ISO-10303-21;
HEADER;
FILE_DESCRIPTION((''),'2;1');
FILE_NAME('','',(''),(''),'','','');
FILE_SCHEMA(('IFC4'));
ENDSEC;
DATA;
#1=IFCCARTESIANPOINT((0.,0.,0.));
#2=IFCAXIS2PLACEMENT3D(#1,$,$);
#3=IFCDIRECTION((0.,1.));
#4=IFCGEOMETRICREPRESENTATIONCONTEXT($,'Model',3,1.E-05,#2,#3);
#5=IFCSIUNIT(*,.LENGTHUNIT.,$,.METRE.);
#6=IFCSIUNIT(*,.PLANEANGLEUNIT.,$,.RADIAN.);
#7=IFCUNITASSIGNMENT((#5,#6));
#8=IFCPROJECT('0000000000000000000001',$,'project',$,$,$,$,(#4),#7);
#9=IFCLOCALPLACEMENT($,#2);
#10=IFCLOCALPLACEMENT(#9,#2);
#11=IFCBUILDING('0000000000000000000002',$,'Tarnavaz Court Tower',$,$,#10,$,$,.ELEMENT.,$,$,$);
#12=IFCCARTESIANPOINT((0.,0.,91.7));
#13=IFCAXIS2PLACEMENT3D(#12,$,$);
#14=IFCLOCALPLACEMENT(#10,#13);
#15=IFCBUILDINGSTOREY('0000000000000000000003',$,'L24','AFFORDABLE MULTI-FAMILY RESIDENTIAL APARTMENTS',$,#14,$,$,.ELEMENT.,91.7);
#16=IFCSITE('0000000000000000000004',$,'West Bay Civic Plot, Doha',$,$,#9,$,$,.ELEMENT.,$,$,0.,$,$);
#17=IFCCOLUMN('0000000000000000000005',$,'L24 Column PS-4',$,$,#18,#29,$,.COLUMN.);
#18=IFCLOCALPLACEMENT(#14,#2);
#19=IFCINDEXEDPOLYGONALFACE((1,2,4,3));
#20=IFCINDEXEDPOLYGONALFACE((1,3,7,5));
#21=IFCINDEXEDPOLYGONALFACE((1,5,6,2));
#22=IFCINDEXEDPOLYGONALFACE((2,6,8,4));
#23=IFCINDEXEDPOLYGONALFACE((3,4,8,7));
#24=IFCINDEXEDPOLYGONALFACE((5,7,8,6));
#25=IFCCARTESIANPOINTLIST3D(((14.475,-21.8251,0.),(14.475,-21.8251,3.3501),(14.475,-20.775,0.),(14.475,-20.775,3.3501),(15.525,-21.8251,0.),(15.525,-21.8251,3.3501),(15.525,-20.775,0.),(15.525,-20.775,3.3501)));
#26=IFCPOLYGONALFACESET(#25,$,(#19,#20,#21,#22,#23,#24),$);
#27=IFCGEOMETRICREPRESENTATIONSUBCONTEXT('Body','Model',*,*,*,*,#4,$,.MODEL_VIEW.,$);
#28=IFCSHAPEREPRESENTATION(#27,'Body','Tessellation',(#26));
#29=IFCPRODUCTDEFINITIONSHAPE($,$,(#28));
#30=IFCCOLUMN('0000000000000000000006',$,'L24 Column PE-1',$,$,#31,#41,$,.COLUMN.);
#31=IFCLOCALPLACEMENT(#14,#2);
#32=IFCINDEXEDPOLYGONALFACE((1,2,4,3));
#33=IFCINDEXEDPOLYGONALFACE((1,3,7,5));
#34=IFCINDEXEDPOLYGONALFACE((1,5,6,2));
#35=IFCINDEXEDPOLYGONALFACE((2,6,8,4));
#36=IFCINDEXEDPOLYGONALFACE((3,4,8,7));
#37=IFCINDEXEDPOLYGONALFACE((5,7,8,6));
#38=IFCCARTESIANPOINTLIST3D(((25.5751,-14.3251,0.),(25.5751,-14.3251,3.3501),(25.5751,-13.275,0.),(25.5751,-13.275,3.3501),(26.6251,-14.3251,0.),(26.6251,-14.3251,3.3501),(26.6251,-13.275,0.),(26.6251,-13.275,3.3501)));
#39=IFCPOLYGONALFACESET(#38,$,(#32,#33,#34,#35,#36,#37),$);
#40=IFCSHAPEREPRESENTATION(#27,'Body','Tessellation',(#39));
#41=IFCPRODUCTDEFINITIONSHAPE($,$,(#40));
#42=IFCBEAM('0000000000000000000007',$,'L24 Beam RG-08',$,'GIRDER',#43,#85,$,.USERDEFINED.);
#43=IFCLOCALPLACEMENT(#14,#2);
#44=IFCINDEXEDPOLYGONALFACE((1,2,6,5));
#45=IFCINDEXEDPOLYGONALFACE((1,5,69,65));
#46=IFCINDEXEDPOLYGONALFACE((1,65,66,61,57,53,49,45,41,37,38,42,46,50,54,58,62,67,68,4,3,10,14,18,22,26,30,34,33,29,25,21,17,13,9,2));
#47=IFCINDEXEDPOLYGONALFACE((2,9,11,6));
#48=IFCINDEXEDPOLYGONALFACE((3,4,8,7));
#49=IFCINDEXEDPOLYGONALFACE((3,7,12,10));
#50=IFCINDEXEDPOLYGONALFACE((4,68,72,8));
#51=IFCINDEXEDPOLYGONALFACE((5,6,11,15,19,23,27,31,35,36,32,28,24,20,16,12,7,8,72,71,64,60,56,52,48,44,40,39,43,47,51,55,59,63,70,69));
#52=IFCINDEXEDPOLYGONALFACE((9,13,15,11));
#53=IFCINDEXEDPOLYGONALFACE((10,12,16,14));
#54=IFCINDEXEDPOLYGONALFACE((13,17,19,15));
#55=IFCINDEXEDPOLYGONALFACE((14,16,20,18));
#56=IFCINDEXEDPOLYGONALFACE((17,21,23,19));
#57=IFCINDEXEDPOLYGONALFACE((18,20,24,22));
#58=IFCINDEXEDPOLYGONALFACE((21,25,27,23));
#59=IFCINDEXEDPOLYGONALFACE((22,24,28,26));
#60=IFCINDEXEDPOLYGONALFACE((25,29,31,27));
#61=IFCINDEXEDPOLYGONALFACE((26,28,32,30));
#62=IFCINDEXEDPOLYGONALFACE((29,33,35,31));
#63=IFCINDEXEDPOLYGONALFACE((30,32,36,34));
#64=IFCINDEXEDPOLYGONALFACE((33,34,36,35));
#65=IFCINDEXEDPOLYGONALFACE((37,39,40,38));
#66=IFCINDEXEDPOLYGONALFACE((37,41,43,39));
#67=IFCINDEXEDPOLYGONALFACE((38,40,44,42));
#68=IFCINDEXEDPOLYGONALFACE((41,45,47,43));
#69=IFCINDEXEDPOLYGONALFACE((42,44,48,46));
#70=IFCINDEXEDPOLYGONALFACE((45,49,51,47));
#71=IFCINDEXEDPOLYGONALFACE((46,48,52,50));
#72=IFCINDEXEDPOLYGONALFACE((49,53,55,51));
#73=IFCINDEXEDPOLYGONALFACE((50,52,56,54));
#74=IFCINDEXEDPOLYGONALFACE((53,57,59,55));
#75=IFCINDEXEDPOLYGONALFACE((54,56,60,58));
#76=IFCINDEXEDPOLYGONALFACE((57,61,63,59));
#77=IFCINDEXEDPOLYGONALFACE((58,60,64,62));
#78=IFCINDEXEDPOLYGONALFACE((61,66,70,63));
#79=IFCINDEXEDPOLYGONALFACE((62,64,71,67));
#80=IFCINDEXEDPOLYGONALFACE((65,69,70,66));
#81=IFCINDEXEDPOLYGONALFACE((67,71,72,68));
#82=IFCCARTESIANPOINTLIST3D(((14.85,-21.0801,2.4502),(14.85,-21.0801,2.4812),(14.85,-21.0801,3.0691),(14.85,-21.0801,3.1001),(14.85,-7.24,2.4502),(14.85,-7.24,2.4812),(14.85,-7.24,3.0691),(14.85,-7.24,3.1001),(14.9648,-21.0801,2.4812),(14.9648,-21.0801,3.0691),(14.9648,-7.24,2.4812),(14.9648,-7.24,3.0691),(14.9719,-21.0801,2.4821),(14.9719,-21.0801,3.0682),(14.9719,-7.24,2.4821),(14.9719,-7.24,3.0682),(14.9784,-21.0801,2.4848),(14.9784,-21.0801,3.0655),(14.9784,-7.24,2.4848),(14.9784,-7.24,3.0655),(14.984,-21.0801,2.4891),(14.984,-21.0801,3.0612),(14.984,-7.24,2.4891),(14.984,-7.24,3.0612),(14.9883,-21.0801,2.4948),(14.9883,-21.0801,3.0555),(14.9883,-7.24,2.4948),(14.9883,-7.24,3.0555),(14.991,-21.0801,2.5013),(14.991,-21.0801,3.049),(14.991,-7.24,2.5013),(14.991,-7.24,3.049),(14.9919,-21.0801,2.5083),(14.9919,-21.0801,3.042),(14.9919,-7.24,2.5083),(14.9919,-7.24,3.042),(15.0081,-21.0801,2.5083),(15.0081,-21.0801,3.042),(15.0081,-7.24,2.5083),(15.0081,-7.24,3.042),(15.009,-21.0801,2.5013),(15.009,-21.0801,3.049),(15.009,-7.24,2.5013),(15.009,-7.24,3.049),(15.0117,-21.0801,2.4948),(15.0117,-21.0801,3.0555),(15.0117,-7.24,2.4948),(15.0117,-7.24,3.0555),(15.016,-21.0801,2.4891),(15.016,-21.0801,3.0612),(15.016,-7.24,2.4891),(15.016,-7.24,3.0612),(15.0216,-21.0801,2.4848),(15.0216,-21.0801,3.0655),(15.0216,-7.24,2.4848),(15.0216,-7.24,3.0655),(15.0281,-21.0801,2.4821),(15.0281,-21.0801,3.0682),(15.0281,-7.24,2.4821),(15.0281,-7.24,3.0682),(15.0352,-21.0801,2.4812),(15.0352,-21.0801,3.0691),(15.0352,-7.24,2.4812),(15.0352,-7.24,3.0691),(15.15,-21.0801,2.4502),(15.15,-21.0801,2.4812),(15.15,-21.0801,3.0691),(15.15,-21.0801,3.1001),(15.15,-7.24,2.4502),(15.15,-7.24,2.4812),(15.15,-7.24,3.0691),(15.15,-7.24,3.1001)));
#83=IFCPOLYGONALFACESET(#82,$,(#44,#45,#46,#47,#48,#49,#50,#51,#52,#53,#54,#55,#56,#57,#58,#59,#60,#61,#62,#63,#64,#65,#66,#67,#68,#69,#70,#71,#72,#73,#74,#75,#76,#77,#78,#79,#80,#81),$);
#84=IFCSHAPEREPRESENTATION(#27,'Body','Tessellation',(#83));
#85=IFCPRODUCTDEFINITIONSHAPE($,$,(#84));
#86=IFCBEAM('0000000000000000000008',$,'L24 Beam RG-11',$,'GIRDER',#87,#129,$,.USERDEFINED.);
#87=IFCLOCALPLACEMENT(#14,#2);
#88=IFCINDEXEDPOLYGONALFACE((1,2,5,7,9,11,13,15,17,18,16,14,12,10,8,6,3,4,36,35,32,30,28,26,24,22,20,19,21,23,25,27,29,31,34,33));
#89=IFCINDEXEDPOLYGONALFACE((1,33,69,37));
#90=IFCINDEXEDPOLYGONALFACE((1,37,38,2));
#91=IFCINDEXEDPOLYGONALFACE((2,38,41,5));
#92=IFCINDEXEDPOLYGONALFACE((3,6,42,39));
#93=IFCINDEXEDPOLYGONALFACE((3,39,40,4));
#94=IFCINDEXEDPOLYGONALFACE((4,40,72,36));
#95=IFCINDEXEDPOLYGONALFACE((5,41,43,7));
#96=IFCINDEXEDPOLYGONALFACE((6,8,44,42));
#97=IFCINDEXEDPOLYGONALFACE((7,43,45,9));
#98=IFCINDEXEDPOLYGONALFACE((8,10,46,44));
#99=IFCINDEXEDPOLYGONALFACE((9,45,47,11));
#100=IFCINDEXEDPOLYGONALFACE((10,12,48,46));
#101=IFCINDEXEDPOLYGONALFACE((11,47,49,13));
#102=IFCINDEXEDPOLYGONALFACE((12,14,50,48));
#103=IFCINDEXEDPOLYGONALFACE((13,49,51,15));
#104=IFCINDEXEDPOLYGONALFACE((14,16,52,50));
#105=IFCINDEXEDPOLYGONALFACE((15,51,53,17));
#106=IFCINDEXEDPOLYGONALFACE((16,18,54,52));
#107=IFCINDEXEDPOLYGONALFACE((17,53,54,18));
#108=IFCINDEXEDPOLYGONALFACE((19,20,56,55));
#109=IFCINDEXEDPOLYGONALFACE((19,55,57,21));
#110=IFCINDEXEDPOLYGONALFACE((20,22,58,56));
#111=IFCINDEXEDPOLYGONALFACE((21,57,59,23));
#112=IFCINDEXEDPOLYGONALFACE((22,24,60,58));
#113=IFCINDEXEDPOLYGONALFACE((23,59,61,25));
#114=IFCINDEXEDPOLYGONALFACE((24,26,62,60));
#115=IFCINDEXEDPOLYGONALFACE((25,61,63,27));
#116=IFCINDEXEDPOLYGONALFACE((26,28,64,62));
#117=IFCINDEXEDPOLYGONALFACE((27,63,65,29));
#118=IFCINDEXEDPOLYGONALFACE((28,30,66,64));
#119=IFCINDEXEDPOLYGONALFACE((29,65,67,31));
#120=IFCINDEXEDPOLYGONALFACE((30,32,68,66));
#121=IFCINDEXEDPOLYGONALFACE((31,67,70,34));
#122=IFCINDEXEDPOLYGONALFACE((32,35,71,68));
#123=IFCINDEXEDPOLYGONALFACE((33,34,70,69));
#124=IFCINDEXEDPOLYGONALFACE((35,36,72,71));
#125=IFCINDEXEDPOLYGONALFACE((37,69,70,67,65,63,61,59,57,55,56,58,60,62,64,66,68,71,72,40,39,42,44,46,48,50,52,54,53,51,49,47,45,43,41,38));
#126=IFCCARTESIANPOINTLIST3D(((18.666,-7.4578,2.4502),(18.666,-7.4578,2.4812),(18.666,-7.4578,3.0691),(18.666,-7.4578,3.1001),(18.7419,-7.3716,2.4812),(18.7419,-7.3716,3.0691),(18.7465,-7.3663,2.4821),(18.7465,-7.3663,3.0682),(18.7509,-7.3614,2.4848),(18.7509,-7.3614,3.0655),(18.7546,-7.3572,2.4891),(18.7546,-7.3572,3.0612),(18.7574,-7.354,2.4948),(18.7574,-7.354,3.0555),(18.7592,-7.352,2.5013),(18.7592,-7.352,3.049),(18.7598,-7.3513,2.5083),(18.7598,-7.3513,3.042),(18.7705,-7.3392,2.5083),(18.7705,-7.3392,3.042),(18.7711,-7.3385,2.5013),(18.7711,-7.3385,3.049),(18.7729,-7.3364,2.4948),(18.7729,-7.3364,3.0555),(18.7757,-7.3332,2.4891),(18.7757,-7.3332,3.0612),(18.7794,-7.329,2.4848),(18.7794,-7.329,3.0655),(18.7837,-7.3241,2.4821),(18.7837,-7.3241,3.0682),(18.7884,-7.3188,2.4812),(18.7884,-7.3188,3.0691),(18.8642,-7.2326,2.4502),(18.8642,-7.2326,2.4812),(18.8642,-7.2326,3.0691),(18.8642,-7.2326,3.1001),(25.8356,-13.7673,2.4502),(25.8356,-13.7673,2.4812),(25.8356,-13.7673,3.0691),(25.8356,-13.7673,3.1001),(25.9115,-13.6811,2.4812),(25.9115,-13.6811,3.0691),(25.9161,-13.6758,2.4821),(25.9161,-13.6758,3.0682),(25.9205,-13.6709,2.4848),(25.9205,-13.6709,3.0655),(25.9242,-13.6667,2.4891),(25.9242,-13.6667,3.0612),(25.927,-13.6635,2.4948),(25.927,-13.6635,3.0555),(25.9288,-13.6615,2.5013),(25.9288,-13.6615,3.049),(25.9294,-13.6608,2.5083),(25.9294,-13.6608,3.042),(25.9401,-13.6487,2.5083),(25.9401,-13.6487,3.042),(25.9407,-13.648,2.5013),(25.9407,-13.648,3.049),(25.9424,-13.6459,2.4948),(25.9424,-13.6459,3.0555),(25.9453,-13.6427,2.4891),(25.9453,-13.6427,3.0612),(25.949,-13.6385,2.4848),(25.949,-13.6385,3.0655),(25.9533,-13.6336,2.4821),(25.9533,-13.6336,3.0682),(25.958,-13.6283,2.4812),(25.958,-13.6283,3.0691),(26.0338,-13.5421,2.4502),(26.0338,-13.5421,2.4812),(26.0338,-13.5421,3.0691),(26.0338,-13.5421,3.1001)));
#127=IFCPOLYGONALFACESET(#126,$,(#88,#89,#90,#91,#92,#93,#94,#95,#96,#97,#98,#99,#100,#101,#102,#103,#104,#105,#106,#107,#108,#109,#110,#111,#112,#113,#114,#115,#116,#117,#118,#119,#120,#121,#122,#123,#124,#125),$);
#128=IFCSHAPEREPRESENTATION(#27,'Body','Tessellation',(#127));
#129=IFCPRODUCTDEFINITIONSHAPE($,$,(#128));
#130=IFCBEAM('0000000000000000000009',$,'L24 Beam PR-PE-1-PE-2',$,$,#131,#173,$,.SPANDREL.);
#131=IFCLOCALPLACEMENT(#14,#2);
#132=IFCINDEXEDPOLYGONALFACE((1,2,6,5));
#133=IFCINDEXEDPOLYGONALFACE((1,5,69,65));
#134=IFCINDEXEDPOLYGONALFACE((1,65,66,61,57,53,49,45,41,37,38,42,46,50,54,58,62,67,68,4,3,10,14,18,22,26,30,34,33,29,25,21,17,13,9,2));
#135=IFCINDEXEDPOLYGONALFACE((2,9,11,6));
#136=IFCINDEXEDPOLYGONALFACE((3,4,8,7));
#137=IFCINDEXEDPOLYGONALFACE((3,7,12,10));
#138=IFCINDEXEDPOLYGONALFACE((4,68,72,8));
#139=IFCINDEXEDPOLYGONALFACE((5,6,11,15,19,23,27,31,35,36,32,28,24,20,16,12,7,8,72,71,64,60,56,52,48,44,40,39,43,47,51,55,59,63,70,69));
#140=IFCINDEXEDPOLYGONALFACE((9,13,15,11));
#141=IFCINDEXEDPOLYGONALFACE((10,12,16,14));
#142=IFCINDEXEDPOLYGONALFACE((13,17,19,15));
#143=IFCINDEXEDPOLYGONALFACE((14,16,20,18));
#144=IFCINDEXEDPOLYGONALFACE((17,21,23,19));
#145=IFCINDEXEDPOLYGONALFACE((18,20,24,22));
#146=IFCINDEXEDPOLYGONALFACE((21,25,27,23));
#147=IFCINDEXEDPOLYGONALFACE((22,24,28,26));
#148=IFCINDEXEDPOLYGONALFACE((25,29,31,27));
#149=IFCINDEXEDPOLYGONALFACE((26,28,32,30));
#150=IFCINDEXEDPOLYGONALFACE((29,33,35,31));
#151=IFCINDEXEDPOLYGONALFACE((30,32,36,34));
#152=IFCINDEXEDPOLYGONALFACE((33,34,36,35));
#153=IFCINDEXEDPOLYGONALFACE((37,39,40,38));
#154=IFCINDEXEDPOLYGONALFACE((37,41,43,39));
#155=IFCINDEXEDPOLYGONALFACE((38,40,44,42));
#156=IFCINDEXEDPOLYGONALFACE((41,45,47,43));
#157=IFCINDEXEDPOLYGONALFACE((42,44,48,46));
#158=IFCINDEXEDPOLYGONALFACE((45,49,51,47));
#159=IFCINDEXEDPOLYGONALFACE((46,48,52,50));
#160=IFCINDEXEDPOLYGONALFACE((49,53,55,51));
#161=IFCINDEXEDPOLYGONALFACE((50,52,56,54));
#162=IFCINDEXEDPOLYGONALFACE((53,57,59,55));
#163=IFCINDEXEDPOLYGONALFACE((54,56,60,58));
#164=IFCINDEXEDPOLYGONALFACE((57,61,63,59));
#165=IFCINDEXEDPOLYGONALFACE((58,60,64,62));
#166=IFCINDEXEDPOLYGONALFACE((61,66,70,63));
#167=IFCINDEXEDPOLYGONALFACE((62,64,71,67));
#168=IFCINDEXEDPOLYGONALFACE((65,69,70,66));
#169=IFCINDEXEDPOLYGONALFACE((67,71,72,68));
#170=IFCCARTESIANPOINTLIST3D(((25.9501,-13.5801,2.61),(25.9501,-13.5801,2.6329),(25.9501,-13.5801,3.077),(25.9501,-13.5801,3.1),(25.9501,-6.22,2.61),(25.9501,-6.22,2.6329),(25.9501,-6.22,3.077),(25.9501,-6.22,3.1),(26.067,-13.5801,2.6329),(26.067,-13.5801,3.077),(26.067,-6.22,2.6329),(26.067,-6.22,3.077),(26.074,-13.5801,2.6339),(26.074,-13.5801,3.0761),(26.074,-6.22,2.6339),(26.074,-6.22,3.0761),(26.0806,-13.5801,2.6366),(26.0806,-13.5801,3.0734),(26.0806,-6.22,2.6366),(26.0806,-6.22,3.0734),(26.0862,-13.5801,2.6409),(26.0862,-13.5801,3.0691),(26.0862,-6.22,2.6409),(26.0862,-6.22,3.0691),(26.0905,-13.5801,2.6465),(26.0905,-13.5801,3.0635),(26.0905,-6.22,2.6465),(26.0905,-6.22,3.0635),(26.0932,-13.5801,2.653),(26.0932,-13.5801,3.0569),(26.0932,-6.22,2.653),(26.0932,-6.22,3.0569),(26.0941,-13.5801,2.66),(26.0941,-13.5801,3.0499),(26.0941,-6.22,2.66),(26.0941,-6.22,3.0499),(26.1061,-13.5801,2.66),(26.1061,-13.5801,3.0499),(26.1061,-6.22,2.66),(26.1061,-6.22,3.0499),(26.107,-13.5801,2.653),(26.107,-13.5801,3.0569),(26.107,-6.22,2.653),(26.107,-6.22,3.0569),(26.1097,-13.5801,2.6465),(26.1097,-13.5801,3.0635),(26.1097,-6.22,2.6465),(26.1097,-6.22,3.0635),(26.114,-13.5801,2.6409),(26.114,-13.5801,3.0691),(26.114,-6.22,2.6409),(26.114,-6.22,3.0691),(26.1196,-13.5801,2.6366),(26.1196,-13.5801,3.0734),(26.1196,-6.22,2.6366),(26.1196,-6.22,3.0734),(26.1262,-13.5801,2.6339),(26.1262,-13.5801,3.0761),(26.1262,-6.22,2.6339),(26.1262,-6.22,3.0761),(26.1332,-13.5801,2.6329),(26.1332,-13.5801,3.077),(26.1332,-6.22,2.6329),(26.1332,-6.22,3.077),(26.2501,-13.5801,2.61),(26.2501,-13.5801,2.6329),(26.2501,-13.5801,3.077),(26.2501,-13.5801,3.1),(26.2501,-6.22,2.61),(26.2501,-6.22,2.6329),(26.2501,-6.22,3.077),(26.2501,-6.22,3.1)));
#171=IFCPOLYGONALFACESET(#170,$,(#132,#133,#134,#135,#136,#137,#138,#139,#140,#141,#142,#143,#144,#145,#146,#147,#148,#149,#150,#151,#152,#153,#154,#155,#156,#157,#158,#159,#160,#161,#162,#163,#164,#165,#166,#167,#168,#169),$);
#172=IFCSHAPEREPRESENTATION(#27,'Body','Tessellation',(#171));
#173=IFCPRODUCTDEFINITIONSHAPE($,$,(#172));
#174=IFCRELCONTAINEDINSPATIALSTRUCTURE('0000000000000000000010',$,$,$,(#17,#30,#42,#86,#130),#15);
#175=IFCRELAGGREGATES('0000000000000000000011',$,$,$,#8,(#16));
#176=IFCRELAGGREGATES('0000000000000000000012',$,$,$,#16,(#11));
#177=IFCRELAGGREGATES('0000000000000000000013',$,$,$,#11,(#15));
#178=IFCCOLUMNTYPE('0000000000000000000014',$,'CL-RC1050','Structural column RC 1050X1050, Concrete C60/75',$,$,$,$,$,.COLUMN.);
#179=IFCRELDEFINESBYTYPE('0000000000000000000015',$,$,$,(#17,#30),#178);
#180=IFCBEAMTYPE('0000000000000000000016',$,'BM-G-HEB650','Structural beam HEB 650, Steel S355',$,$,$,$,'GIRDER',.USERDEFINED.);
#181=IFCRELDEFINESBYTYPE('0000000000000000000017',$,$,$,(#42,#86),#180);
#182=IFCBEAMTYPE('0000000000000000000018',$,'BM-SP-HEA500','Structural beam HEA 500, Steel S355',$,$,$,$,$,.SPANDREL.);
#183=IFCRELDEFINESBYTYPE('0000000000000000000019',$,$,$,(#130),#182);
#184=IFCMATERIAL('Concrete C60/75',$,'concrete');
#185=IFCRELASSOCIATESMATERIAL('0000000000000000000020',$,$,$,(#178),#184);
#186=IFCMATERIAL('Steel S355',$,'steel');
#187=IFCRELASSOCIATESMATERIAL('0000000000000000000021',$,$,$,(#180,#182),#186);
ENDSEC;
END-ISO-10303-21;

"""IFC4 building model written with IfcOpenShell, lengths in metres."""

from ifc_helpers import new_model, si_unit, direction, frame, origin, origin_2d, place, context, subcontext, project, spatial, rectangle, i_section, extrude, material, material_profile, profile_set, type_object, element, save


model = new_model("IFC4")

# Units and contexts
model_context = context("Model", 3, precision=1e-05, world=origin(), true_north=direction((0.0, 1.0)))
body_context = subcontext(model_context, "Body", "Model", "MODEL_VIEW")
ifc_project = project(units=[si_unit("LENGTHUNIT", "METRE"), si_unit("PLANEANGLEUNIT", "RADIAN")], contexts=[model_context])

# Site, building, storey
site_placement = place(None, origin())
site = spatial("IfcSite", under=ifc_project, at=site_placement, Name="West Bay Civic Plot, Doha", CompositionType="ELEMENT", RefElevation=0.0)
building_placement = place(site_placement, origin())
building = spatial("IfcBuilding", under=site, at=building_placement, Name="Tarnavaz Court Tower", CompositionType="ELEMENT")
storey_placement = place(building_placement, frame((0.0, 0.0, 91.7)))
storey = spatial("IfcBuildingStorey", under=building, at=storey_placement, Name="L24", Description="AFFORDABLE MULTI-FAMILY RESIDENTIAL APARTMENTS", CompositionType="ELEMENT", Elevation=91.7)

# Columns
ifc_material_1 = material(Name="Concrete C60/75", Category="concrete")
ifc_material_profile_1 = material_profile(ifc_material_1, rectangle(XDim=1.05, YDim=1.05, at=origin_2d()), Name="RC 1050X1050")
ifc_profile_set_1 = profile_set([ifc_material_profile_1], Name="Concrete C60/75")
column_type = type_object("IfcColumnType", Name="CL-RC1050", Description="Structural column RC 1050X1050, Concrete C60/75", PredefinedType="COLUMN", material=ifc_profile_set_1)
for number, where, z_axis, x_axis, name in (
    (1, (15.0, -21.3, 0.0), (0.0, 0.0, 1.0), (1.0, 0.0, 0.0), "L24 Column PS-4"),
    (2, (26.1001, -13.8, 0.0), (0.0, 0.0, 1.0), (1.0, 0.0, 0.0), "L24 Column PE-1"),
):
    element("IfcColumn", number, at=place(storey_placement, frame(where, z_axis=z_axis, x_axis=x_axis)), inside=storey, type_object=column_type, Name=name, PredefinedType="COLUMN", context=body_context, shape_type="SweptSolid", body=[
        extrude(rectangle(XDim=1.05, YDim=1.05, at=origin_2d()), origin(), (0.0, 0.0, 1.0), 3.3501),
    ])

# Beams
ifc_material_2 = material(Name="Steel S355", Category="steel")
ifc_material_profile_2 = material_profile(ifc_material_2, i_section(OverallWidth=0.3, OverallDepth=0.6499, WebThickness=0.0161, FlangeThickness=0.031, FilletRadius=0.0271, at=origin_2d()), Name="HEB 650")
ifc_profile_set_2 = profile_set([ifc_material_profile_2], Name="Steel S355")
beam_type_1 = type_object("IfcBeamType", Name="BM-G-HEB650", Description="Structural beam HEB 650, Steel S355", ElementType="GIRDER", PredefinedType="USERDEFINED", material=ifc_profile_set_2)
beam_1_placement = place(storey_placement, frame((15.0, -7.24, 2.7751), z_axis=(0.0, -1.0, 0.0), x_axis=(1.0, 0.0, 0.0)))
element("IfcBeam", 3, at=beam_1_placement, inside=storey, type_object=beam_type_1, Name="L24 Beam RG-08", ObjectType="GIRDER", PredefinedType="USERDEFINED", context=body_context, shape_type="SweptSolid", body=[
    extrude(i_section(OverallWidth=0.3, OverallDepth=0.6499, WebThickness=0.0161, FlangeThickness=0.031, FilletRadius=0.0271, at=origin_2d()), origin(), (0.0, 0.0, 1.0), 13.8401),
])
beam_2_placement = place(storey_placement, frame((18.7651, -7.3452, 2.7751), z_axis=(0.7507, -0.660643, 0.0), x_axis=(0.660643, 0.7507, 0.0)))
element("IfcBeam", 4, at=beam_2_placement, inside=storey, type_object=beam_type_1, Name="L24 Beam RG-11", ObjectType="GIRDER", PredefinedType="USERDEFINED", context=body_context, shape_type="SweptSolid", body=[
    extrude(i_section(OverallWidth=0.3, OverallDepth=0.6499, WebThickness=0.0161, FlangeThickness=0.031, FilletRadius=0.0271, at=origin_2d()), origin(), (0.0, 0.0, 1.0), 9.5505),
])
ifc_material_profile_3 = material_profile(ifc_material_2, i_section(OverallWidth=0.3, OverallDepth=0.49, WebThickness=0.012, FlangeThickness=0.0229, FilletRadius=0.0271, at=origin_2d()), Name="HEA 500")
ifc_profile_set_3 = profile_set([ifc_material_profile_3], Name="Steel S355")
beam_type_2 = type_object("IfcBeamType", Name="BM-SP-HEA500", Description="Structural beam HEA 500, Steel S355", PredefinedType="SPANDREL", material=ifc_profile_set_3)
beam_3_placement = place(storey_placement, frame((26.1001, -13.5801, 2.855), z_axis=(0.0, 1.0, 0.0), x_axis=(-1.0, 0.0, 0.0)))
element("IfcBeam", 5, at=beam_3_placement, inside=storey, type_object=beam_type_2, Name="L24 Beam PR-PE-1-PE-2", PredefinedType="SPANDREL", context=body_context, shape_type="SweptSolid", body=[
    extrude(i_section(OverallWidth=0.3, OverallDepth=0.49, WebThickness=0.012, FlangeThickness=0.0229, FilletRadius=0.0271, at=origin_2d()), origin(), (0.0, 0.0, 1.0), 7.3601),
])

save(model, "model.ifc")
